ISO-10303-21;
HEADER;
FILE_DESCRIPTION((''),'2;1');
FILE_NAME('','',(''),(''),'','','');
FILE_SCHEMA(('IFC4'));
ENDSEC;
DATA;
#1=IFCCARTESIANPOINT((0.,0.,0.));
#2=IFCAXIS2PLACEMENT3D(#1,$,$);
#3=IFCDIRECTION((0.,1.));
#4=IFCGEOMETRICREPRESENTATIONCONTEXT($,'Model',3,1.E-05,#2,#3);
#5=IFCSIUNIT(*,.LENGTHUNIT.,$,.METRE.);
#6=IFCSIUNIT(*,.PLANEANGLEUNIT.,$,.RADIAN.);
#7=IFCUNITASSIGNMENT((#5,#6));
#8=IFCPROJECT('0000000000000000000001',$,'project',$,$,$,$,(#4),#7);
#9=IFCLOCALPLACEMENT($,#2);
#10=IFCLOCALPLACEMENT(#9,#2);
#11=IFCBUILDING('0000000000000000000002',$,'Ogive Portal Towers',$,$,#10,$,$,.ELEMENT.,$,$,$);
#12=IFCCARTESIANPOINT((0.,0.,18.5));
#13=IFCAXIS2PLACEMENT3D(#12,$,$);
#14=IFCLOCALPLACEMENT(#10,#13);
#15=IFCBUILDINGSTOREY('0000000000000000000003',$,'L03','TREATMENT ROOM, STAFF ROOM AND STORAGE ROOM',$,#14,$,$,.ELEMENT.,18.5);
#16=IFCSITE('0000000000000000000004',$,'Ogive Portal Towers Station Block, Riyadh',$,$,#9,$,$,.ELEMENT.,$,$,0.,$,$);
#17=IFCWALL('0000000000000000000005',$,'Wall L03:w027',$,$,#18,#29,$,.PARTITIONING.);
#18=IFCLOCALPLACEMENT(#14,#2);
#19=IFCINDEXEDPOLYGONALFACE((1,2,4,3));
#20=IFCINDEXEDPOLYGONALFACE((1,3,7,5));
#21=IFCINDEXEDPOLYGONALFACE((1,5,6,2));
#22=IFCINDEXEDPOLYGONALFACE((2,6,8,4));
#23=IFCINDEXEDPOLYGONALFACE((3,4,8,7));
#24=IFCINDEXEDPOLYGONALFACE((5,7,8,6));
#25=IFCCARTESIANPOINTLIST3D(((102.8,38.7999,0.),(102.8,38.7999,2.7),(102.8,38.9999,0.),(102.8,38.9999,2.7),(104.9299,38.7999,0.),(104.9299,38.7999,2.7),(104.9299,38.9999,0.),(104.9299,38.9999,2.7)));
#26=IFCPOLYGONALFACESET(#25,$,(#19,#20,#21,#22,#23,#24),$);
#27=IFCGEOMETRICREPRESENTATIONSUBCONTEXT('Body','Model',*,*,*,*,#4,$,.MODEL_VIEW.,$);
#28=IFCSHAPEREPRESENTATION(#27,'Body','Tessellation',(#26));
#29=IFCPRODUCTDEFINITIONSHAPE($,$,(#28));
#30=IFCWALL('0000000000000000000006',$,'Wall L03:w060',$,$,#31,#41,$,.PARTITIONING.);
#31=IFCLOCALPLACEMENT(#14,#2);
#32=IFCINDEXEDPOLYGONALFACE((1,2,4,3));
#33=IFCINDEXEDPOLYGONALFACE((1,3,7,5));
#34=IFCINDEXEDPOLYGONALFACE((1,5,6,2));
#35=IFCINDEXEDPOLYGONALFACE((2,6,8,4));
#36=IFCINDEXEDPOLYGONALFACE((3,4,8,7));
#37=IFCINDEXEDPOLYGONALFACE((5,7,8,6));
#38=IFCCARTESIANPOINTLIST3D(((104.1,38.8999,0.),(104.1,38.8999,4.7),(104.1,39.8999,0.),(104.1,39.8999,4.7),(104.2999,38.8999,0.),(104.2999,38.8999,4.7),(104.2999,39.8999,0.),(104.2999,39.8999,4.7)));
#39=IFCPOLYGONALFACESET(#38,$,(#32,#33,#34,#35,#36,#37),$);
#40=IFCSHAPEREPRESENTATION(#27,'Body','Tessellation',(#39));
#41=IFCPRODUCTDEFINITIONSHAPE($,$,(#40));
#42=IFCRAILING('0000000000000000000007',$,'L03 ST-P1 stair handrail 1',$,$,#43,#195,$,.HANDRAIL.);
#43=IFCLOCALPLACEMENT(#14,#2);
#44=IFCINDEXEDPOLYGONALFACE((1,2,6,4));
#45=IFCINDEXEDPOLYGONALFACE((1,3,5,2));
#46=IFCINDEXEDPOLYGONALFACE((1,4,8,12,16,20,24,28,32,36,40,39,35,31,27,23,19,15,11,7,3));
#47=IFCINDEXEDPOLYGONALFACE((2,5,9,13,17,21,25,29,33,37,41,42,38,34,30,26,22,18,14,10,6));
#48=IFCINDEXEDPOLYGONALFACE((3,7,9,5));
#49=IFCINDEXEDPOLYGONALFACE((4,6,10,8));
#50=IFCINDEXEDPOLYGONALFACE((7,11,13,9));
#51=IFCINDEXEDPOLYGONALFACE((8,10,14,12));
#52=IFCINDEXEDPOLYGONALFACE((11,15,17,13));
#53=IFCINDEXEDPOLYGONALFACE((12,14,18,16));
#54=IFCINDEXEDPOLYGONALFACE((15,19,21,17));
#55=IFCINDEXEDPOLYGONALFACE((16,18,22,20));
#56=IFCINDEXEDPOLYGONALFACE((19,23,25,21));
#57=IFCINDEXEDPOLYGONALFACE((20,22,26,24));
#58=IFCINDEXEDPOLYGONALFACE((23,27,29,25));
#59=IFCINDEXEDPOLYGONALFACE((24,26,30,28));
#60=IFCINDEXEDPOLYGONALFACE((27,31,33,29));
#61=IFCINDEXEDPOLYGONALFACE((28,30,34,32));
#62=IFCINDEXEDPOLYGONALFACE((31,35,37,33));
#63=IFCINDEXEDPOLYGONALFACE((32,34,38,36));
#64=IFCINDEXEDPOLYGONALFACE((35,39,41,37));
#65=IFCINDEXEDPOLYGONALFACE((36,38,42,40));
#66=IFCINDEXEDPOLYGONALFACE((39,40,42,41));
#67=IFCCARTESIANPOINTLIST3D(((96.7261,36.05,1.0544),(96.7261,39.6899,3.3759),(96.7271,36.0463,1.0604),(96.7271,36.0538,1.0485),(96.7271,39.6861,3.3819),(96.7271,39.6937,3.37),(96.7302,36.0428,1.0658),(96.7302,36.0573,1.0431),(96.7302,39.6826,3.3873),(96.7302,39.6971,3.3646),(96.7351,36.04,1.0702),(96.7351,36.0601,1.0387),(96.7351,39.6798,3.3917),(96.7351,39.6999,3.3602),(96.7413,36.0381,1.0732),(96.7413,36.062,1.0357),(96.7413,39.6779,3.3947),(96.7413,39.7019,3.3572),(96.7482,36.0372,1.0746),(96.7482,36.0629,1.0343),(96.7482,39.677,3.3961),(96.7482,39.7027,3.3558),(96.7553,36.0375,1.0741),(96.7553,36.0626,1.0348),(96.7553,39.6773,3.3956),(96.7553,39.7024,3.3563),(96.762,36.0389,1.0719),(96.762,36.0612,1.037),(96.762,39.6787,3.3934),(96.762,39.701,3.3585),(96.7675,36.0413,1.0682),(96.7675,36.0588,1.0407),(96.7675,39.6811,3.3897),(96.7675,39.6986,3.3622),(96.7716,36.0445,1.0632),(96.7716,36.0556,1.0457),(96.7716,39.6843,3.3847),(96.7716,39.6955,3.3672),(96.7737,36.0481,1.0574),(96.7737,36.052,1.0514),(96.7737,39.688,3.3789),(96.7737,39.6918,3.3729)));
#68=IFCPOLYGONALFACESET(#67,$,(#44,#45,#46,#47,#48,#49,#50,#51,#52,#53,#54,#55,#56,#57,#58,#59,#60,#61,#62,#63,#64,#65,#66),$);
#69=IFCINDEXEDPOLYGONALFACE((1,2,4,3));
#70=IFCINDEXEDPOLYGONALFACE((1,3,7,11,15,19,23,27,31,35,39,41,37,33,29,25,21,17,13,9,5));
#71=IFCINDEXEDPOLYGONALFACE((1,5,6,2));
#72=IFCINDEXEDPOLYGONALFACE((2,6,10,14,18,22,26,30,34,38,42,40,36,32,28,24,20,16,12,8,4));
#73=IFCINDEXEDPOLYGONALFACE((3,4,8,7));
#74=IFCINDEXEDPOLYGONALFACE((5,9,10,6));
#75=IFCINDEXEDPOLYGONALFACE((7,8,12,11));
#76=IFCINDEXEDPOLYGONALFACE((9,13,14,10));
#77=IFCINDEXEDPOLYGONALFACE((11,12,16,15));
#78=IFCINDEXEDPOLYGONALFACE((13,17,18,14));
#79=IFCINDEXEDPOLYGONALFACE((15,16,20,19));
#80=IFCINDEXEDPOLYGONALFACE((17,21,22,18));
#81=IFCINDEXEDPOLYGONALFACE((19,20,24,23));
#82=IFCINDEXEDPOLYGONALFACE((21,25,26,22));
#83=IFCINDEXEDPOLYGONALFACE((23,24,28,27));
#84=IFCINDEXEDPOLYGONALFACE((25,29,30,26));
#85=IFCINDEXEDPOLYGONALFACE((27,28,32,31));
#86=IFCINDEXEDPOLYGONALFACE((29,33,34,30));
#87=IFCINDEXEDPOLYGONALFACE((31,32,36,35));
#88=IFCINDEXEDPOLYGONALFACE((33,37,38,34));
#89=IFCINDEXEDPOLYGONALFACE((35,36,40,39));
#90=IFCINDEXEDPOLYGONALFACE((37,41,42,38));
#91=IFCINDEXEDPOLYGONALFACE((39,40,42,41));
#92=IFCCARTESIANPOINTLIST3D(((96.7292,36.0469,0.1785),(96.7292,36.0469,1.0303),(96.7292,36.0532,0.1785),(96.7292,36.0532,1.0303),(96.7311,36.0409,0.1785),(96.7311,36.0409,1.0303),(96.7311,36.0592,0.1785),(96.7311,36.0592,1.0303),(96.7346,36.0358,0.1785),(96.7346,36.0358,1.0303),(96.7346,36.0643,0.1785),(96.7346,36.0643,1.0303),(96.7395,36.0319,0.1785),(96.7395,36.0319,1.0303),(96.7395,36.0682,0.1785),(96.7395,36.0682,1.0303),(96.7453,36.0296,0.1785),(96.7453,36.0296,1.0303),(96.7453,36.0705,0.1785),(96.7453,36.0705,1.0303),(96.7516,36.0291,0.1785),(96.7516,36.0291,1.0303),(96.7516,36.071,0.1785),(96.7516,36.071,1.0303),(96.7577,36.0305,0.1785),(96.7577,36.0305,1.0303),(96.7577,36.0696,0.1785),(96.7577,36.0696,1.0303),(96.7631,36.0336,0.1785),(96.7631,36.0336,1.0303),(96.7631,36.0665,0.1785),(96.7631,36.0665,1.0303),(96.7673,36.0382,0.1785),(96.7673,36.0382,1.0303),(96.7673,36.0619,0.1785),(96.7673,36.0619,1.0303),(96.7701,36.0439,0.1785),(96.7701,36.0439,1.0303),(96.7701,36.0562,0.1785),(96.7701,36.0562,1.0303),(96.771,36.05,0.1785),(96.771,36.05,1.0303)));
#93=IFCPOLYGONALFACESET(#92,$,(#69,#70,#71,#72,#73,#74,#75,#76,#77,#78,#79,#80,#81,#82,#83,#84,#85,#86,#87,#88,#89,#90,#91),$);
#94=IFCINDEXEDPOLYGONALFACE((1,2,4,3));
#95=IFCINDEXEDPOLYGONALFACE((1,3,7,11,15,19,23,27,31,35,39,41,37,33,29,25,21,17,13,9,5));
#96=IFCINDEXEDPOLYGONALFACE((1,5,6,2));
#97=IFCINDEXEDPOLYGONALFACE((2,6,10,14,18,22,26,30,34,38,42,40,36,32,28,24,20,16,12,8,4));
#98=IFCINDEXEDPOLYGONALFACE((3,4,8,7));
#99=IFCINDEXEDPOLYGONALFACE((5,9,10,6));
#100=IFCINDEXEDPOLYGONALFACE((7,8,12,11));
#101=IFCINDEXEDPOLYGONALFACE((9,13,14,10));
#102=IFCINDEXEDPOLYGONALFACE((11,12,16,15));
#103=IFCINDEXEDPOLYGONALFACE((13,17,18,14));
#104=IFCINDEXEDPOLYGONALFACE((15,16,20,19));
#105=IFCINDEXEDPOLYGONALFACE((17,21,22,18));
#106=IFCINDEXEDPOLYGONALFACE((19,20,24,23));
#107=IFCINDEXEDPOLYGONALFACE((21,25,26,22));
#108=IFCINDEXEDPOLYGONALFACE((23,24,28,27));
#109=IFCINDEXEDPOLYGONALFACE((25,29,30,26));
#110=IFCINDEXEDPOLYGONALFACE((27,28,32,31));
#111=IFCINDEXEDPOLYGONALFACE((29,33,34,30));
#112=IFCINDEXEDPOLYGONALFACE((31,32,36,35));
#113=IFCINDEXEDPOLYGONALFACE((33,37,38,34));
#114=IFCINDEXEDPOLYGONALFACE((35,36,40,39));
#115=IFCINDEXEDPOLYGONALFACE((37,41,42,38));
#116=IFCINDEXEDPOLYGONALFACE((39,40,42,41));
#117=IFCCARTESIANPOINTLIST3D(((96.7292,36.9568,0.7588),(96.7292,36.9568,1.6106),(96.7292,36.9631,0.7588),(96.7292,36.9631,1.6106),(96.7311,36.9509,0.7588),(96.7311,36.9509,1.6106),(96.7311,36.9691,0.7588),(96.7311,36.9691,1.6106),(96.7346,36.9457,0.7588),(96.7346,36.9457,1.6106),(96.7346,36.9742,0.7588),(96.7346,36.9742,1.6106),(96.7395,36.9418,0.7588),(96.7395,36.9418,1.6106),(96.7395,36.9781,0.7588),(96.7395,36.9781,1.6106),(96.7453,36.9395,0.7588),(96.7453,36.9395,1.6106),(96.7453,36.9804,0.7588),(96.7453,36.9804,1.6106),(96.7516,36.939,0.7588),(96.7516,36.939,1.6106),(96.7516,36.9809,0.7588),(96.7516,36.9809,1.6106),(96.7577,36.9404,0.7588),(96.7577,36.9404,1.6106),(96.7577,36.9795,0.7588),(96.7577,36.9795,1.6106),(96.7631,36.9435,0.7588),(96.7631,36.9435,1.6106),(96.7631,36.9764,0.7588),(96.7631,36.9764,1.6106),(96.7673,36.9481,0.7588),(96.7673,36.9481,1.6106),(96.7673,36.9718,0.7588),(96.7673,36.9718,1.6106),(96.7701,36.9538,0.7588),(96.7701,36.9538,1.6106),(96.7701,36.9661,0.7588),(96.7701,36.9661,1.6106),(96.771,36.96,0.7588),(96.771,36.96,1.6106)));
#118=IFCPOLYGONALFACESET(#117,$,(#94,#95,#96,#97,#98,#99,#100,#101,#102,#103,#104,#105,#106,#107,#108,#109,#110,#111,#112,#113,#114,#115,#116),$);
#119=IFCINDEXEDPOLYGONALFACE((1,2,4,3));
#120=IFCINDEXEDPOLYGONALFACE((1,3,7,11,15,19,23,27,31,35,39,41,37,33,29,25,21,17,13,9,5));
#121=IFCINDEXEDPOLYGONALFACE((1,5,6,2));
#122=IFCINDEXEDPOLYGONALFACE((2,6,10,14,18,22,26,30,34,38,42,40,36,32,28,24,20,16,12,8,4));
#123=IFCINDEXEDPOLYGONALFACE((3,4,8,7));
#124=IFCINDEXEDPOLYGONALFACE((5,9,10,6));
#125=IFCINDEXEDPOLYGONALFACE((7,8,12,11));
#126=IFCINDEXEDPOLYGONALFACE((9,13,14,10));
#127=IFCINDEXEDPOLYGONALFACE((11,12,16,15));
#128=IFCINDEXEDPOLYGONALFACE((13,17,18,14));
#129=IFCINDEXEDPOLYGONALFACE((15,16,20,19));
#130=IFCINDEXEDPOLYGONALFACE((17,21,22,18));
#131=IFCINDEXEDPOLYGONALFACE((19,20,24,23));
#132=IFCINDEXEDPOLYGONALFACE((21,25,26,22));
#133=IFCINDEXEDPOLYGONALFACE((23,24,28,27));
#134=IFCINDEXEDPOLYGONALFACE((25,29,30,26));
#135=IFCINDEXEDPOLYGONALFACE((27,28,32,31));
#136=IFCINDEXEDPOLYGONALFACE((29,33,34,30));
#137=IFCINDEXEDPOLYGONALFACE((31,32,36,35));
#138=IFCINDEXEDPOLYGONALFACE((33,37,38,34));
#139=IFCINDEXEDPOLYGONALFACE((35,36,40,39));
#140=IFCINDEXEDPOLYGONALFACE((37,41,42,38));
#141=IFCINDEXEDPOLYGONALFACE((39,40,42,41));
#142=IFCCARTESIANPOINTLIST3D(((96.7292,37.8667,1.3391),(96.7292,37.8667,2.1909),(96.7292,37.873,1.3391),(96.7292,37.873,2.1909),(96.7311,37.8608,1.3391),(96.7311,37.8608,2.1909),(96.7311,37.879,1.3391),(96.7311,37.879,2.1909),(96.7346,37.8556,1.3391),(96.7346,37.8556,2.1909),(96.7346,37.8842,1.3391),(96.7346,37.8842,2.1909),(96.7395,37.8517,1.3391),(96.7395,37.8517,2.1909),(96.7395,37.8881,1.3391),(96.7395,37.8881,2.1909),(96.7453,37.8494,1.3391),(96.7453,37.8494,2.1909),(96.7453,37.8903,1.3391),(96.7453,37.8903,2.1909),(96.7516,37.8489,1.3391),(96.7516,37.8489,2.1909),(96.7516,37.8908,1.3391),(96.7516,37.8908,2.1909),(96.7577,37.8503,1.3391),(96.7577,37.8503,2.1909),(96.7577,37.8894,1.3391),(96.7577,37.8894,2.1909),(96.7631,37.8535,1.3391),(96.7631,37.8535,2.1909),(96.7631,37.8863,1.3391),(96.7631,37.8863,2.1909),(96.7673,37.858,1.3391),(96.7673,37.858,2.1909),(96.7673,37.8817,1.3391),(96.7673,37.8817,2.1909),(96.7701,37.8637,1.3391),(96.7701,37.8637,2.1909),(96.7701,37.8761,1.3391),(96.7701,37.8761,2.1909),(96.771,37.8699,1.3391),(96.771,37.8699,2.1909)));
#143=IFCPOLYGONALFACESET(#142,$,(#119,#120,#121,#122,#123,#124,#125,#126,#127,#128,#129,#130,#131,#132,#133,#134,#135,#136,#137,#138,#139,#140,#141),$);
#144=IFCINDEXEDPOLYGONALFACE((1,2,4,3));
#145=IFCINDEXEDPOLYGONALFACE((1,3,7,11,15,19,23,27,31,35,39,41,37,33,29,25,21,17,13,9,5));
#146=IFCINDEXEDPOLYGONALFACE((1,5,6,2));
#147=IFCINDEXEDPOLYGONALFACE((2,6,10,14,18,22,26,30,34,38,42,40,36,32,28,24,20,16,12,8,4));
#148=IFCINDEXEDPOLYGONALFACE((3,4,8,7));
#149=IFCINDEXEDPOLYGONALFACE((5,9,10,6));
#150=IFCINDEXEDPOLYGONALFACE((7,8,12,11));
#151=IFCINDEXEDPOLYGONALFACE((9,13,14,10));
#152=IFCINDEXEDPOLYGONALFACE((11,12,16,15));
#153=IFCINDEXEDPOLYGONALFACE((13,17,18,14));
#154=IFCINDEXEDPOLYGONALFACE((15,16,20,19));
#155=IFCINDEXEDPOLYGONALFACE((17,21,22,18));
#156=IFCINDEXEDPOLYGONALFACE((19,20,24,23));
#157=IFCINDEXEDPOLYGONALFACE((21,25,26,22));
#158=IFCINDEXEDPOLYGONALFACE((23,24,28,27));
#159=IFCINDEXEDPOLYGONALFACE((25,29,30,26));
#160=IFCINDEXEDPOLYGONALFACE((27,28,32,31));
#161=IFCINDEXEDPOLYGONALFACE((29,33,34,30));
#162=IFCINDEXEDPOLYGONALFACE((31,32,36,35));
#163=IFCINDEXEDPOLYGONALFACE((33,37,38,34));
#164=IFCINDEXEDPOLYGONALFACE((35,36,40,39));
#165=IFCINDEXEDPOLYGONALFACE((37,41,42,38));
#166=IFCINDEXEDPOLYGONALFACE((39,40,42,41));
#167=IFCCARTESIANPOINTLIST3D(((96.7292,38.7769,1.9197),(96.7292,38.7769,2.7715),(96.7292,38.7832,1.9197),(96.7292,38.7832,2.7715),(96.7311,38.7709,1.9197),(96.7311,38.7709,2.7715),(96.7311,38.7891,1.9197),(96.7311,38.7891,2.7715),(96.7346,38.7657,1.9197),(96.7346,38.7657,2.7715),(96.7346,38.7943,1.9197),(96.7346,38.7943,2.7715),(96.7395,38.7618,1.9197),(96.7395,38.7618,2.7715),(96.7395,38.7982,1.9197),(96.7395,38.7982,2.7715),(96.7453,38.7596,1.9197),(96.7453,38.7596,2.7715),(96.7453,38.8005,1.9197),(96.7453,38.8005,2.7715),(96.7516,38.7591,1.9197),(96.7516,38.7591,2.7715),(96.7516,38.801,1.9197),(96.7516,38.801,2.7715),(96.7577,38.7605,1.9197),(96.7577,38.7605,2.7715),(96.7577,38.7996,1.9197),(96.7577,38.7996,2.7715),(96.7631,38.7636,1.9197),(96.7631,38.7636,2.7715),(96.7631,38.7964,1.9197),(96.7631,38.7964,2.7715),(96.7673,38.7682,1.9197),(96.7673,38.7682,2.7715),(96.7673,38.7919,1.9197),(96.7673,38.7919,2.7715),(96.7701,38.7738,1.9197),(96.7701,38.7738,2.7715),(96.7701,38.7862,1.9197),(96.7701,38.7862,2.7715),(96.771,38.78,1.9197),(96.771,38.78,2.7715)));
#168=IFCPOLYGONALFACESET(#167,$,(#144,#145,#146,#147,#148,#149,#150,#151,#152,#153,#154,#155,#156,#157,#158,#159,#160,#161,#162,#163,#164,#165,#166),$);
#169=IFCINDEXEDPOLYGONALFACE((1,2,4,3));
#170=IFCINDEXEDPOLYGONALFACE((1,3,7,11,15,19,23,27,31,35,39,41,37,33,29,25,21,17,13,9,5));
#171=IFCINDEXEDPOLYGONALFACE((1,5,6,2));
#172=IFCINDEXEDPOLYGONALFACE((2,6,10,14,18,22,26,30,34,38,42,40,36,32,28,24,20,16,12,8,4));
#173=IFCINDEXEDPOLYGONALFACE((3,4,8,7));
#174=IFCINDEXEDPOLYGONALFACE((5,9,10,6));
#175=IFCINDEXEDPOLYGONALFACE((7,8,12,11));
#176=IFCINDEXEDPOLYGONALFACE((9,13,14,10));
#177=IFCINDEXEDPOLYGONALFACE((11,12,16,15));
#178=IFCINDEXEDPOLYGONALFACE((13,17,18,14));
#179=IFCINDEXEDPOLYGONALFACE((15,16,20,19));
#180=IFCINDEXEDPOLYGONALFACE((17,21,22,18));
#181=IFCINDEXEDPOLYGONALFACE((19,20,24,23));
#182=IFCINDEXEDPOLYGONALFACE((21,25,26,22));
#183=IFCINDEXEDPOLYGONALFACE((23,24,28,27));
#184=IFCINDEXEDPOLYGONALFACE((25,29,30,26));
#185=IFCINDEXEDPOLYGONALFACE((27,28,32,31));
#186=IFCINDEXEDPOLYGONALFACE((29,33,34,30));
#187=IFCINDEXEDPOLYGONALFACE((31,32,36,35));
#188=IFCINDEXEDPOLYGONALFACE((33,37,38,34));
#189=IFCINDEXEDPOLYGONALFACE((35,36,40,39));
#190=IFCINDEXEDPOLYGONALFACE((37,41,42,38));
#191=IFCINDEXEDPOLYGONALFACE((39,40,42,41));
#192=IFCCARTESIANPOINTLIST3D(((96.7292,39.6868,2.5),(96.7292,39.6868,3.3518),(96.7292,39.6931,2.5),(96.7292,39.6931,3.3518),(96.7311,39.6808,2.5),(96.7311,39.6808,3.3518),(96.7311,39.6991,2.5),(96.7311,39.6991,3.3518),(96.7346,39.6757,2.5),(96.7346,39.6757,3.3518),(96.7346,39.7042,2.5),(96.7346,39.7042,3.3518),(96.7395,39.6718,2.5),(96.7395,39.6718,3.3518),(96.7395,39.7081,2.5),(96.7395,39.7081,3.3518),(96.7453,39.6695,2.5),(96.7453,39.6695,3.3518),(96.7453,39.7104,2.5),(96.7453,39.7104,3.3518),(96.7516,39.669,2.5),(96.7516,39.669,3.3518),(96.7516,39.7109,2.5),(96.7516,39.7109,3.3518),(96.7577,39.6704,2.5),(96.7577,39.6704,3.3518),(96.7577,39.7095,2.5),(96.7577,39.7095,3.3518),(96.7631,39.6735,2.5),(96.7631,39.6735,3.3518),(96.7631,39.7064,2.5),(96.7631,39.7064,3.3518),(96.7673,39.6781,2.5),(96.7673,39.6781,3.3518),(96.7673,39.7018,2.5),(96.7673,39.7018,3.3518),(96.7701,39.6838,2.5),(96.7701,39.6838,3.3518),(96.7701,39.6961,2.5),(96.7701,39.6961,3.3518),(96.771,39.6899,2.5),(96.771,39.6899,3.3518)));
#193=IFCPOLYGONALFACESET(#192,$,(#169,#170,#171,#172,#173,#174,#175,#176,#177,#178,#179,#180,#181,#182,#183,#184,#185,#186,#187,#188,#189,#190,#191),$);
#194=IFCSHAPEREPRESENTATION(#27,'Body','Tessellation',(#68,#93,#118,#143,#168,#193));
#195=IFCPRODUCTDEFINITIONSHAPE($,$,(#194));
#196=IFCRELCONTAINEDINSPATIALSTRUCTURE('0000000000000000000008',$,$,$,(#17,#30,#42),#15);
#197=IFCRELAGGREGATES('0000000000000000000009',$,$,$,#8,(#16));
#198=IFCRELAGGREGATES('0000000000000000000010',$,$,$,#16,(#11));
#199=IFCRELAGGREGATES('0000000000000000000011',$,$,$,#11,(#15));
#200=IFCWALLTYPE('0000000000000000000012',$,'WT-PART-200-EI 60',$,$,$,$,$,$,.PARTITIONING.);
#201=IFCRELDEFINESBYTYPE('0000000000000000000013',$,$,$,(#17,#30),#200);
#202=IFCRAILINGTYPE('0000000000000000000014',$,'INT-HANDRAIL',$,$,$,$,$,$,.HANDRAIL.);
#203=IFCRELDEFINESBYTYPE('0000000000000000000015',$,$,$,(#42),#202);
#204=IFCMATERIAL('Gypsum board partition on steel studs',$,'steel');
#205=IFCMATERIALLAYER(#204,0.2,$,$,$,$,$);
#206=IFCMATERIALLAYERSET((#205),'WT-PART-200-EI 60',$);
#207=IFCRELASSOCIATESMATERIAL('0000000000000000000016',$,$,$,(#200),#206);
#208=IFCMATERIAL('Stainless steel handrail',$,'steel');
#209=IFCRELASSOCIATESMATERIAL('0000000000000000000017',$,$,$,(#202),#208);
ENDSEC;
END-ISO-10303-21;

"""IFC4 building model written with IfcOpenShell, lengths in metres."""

from ifc_helpers import new_model, si_unit, direction, frame, frame_2d, origin, origin_2d, place, context, subcontext, project, spatial, rectangle, circle, extrude, material, layer, layer_set, type_object, element, save


model = new_model("IFC4")

# Units and contexts
model_context = context("Model", 3, precision=1e-05, world=origin(), true_north=direction((0.0, 1.0)))
body_context = subcontext(model_context, "Body", "Model", "MODEL_VIEW")
ifc_project = project(units=[si_unit("LENGTHUNIT", "METRE"), si_unit("PLANEANGLEUNIT", "RADIAN")], contexts=[model_context])

# Site, building, storey
site_placement = place(None, origin())
site = spatial("IfcSite", under=ifc_project, at=site_placement, Name="Ogive Portal Towers Station Block, Riyadh", CompositionType="ELEMENT", RefElevation=0.0)
building_placement = place(site_placement, origin())
building = spatial("IfcBuilding", under=site, at=building_placement, Name="Ogive Portal Towers", CompositionType="ELEMENT")
storey_placement = place(building_placement, frame((0.0, 0.0, 18.5)))
storey = spatial("IfcBuildingStorey", under=building, at=storey_placement, Name="L03", Description="TREATMENT ROOM, STAFF ROOM AND STORAGE ROOM", CompositionType="ELEMENT", Elevation=18.5)

# Walls
ifc_material_1 = material(Name="Gypsum board partition on steel studs", Category="steel")
ifc_layer_1 = layer(ifc_material_1, 0.2)
ifc_layer_set_1 = layer_set([ifc_layer_1], Name="WT-PART-200-EI 60")
wall_type_1 = type_object("IfcWallType", Name="WT-PART-200-EI 60", PredefinedType="PARTITIONING", material=ifc_layer_set_1)
wall_1_placement = place(storey_placement, frame((102.8, 38.8999, 0.0), z_axis=(0.0, 0.0, 1.0), x_axis=(1.0, 0.0, 0.0)))
element("IfcWall", 1, at=wall_1_placement, inside=storey, type_object=wall_type_1, Name="Wall L03:w027", PredefinedType="PARTITIONING", context=body_context, shape_type="SweptSolid", body=[
    extrude(rectangle(XDim=2.1299, YDim=0.2, at=frame_2d((1.0649, 0.0))), origin(), (0.0, 0.0, 1.0), 2.7),
])
wall_2_placement = place(storey_placement, frame((104.2, 38.8999, 0.0), z_axis=(0.0, 0.0, 1.0), x_axis=(0.0, 1.0, 0.0)))
element("IfcWall", 2, at=wall_2_placement, inside=storey, type_object=wall_type_1, Name="Wall L03:w060", PredefinedType="PARTITIONING", context=body_context, shape_type="SweptSolid", body=[
    extrude(rectangle(XDim=1.0, YDim=0.2, at=frame_2d((0.5, 0.0))), origin(), (0.0, 0.0, 1.0), 4.7),
])

# Railing
ifc_material_2 = material(Name="Stainless steel handrail", Category="steel")
railing_type = type_object("IfcRailingType", Name="INT-HANDRAIL", PredefinedType="HANDRAIL", material=ifc_material_2)
railing_placement = place(storey_placement, frame((96.75, 36.05, 0.1785)))
element("IfcRailing", 3, at=railing_placement, inside=storey, type_object=railing_type, Name="L03 ST-P1 stair handrail 1", PredefinedType="HANDRAIL", context=body_context, shape_type="SweptSolid", body=[
    extrude(circle(Radius=0.0239, at=origin_2d()), frame((0.0, 0.0, 0.876), z_axis=(0.0, 0.843112, 0.537739), x_axis=(-1.0, 0.0, 0.0)), (0.0, 0.0, 1.0), 4.3171),
    extrude(circle(Radius=0.021, at=origin_2d()), origin(), (0.0, 0.0, 1.0), 0.8518),
    extrude(circle(Radius=0.021, at=origin_2d()), frame((0.0, 0.9099, 0.5803)), (0.0, 0.0, 1.0), 0.8518),
    extrude(circle(Radius=0.021, at=origin_2d()), frame((0.0, 1.8198, 1.1606)), (0.0, 0.0, 1.0), 0.8518),
    extrude(circle(Radius=0.021, at=origin_2d()), frame((0.0, 2.73, 1.7412)), (0.0, 0.0, 1.0), 0.8518),
    extrude(circle(Radius=0.021, at=origin_2d()), frame((0.0, 3.6399, 2.3215)), (0.0, 0.0, 1.0), 0.8518),
])

save(model, "model.ifc")
